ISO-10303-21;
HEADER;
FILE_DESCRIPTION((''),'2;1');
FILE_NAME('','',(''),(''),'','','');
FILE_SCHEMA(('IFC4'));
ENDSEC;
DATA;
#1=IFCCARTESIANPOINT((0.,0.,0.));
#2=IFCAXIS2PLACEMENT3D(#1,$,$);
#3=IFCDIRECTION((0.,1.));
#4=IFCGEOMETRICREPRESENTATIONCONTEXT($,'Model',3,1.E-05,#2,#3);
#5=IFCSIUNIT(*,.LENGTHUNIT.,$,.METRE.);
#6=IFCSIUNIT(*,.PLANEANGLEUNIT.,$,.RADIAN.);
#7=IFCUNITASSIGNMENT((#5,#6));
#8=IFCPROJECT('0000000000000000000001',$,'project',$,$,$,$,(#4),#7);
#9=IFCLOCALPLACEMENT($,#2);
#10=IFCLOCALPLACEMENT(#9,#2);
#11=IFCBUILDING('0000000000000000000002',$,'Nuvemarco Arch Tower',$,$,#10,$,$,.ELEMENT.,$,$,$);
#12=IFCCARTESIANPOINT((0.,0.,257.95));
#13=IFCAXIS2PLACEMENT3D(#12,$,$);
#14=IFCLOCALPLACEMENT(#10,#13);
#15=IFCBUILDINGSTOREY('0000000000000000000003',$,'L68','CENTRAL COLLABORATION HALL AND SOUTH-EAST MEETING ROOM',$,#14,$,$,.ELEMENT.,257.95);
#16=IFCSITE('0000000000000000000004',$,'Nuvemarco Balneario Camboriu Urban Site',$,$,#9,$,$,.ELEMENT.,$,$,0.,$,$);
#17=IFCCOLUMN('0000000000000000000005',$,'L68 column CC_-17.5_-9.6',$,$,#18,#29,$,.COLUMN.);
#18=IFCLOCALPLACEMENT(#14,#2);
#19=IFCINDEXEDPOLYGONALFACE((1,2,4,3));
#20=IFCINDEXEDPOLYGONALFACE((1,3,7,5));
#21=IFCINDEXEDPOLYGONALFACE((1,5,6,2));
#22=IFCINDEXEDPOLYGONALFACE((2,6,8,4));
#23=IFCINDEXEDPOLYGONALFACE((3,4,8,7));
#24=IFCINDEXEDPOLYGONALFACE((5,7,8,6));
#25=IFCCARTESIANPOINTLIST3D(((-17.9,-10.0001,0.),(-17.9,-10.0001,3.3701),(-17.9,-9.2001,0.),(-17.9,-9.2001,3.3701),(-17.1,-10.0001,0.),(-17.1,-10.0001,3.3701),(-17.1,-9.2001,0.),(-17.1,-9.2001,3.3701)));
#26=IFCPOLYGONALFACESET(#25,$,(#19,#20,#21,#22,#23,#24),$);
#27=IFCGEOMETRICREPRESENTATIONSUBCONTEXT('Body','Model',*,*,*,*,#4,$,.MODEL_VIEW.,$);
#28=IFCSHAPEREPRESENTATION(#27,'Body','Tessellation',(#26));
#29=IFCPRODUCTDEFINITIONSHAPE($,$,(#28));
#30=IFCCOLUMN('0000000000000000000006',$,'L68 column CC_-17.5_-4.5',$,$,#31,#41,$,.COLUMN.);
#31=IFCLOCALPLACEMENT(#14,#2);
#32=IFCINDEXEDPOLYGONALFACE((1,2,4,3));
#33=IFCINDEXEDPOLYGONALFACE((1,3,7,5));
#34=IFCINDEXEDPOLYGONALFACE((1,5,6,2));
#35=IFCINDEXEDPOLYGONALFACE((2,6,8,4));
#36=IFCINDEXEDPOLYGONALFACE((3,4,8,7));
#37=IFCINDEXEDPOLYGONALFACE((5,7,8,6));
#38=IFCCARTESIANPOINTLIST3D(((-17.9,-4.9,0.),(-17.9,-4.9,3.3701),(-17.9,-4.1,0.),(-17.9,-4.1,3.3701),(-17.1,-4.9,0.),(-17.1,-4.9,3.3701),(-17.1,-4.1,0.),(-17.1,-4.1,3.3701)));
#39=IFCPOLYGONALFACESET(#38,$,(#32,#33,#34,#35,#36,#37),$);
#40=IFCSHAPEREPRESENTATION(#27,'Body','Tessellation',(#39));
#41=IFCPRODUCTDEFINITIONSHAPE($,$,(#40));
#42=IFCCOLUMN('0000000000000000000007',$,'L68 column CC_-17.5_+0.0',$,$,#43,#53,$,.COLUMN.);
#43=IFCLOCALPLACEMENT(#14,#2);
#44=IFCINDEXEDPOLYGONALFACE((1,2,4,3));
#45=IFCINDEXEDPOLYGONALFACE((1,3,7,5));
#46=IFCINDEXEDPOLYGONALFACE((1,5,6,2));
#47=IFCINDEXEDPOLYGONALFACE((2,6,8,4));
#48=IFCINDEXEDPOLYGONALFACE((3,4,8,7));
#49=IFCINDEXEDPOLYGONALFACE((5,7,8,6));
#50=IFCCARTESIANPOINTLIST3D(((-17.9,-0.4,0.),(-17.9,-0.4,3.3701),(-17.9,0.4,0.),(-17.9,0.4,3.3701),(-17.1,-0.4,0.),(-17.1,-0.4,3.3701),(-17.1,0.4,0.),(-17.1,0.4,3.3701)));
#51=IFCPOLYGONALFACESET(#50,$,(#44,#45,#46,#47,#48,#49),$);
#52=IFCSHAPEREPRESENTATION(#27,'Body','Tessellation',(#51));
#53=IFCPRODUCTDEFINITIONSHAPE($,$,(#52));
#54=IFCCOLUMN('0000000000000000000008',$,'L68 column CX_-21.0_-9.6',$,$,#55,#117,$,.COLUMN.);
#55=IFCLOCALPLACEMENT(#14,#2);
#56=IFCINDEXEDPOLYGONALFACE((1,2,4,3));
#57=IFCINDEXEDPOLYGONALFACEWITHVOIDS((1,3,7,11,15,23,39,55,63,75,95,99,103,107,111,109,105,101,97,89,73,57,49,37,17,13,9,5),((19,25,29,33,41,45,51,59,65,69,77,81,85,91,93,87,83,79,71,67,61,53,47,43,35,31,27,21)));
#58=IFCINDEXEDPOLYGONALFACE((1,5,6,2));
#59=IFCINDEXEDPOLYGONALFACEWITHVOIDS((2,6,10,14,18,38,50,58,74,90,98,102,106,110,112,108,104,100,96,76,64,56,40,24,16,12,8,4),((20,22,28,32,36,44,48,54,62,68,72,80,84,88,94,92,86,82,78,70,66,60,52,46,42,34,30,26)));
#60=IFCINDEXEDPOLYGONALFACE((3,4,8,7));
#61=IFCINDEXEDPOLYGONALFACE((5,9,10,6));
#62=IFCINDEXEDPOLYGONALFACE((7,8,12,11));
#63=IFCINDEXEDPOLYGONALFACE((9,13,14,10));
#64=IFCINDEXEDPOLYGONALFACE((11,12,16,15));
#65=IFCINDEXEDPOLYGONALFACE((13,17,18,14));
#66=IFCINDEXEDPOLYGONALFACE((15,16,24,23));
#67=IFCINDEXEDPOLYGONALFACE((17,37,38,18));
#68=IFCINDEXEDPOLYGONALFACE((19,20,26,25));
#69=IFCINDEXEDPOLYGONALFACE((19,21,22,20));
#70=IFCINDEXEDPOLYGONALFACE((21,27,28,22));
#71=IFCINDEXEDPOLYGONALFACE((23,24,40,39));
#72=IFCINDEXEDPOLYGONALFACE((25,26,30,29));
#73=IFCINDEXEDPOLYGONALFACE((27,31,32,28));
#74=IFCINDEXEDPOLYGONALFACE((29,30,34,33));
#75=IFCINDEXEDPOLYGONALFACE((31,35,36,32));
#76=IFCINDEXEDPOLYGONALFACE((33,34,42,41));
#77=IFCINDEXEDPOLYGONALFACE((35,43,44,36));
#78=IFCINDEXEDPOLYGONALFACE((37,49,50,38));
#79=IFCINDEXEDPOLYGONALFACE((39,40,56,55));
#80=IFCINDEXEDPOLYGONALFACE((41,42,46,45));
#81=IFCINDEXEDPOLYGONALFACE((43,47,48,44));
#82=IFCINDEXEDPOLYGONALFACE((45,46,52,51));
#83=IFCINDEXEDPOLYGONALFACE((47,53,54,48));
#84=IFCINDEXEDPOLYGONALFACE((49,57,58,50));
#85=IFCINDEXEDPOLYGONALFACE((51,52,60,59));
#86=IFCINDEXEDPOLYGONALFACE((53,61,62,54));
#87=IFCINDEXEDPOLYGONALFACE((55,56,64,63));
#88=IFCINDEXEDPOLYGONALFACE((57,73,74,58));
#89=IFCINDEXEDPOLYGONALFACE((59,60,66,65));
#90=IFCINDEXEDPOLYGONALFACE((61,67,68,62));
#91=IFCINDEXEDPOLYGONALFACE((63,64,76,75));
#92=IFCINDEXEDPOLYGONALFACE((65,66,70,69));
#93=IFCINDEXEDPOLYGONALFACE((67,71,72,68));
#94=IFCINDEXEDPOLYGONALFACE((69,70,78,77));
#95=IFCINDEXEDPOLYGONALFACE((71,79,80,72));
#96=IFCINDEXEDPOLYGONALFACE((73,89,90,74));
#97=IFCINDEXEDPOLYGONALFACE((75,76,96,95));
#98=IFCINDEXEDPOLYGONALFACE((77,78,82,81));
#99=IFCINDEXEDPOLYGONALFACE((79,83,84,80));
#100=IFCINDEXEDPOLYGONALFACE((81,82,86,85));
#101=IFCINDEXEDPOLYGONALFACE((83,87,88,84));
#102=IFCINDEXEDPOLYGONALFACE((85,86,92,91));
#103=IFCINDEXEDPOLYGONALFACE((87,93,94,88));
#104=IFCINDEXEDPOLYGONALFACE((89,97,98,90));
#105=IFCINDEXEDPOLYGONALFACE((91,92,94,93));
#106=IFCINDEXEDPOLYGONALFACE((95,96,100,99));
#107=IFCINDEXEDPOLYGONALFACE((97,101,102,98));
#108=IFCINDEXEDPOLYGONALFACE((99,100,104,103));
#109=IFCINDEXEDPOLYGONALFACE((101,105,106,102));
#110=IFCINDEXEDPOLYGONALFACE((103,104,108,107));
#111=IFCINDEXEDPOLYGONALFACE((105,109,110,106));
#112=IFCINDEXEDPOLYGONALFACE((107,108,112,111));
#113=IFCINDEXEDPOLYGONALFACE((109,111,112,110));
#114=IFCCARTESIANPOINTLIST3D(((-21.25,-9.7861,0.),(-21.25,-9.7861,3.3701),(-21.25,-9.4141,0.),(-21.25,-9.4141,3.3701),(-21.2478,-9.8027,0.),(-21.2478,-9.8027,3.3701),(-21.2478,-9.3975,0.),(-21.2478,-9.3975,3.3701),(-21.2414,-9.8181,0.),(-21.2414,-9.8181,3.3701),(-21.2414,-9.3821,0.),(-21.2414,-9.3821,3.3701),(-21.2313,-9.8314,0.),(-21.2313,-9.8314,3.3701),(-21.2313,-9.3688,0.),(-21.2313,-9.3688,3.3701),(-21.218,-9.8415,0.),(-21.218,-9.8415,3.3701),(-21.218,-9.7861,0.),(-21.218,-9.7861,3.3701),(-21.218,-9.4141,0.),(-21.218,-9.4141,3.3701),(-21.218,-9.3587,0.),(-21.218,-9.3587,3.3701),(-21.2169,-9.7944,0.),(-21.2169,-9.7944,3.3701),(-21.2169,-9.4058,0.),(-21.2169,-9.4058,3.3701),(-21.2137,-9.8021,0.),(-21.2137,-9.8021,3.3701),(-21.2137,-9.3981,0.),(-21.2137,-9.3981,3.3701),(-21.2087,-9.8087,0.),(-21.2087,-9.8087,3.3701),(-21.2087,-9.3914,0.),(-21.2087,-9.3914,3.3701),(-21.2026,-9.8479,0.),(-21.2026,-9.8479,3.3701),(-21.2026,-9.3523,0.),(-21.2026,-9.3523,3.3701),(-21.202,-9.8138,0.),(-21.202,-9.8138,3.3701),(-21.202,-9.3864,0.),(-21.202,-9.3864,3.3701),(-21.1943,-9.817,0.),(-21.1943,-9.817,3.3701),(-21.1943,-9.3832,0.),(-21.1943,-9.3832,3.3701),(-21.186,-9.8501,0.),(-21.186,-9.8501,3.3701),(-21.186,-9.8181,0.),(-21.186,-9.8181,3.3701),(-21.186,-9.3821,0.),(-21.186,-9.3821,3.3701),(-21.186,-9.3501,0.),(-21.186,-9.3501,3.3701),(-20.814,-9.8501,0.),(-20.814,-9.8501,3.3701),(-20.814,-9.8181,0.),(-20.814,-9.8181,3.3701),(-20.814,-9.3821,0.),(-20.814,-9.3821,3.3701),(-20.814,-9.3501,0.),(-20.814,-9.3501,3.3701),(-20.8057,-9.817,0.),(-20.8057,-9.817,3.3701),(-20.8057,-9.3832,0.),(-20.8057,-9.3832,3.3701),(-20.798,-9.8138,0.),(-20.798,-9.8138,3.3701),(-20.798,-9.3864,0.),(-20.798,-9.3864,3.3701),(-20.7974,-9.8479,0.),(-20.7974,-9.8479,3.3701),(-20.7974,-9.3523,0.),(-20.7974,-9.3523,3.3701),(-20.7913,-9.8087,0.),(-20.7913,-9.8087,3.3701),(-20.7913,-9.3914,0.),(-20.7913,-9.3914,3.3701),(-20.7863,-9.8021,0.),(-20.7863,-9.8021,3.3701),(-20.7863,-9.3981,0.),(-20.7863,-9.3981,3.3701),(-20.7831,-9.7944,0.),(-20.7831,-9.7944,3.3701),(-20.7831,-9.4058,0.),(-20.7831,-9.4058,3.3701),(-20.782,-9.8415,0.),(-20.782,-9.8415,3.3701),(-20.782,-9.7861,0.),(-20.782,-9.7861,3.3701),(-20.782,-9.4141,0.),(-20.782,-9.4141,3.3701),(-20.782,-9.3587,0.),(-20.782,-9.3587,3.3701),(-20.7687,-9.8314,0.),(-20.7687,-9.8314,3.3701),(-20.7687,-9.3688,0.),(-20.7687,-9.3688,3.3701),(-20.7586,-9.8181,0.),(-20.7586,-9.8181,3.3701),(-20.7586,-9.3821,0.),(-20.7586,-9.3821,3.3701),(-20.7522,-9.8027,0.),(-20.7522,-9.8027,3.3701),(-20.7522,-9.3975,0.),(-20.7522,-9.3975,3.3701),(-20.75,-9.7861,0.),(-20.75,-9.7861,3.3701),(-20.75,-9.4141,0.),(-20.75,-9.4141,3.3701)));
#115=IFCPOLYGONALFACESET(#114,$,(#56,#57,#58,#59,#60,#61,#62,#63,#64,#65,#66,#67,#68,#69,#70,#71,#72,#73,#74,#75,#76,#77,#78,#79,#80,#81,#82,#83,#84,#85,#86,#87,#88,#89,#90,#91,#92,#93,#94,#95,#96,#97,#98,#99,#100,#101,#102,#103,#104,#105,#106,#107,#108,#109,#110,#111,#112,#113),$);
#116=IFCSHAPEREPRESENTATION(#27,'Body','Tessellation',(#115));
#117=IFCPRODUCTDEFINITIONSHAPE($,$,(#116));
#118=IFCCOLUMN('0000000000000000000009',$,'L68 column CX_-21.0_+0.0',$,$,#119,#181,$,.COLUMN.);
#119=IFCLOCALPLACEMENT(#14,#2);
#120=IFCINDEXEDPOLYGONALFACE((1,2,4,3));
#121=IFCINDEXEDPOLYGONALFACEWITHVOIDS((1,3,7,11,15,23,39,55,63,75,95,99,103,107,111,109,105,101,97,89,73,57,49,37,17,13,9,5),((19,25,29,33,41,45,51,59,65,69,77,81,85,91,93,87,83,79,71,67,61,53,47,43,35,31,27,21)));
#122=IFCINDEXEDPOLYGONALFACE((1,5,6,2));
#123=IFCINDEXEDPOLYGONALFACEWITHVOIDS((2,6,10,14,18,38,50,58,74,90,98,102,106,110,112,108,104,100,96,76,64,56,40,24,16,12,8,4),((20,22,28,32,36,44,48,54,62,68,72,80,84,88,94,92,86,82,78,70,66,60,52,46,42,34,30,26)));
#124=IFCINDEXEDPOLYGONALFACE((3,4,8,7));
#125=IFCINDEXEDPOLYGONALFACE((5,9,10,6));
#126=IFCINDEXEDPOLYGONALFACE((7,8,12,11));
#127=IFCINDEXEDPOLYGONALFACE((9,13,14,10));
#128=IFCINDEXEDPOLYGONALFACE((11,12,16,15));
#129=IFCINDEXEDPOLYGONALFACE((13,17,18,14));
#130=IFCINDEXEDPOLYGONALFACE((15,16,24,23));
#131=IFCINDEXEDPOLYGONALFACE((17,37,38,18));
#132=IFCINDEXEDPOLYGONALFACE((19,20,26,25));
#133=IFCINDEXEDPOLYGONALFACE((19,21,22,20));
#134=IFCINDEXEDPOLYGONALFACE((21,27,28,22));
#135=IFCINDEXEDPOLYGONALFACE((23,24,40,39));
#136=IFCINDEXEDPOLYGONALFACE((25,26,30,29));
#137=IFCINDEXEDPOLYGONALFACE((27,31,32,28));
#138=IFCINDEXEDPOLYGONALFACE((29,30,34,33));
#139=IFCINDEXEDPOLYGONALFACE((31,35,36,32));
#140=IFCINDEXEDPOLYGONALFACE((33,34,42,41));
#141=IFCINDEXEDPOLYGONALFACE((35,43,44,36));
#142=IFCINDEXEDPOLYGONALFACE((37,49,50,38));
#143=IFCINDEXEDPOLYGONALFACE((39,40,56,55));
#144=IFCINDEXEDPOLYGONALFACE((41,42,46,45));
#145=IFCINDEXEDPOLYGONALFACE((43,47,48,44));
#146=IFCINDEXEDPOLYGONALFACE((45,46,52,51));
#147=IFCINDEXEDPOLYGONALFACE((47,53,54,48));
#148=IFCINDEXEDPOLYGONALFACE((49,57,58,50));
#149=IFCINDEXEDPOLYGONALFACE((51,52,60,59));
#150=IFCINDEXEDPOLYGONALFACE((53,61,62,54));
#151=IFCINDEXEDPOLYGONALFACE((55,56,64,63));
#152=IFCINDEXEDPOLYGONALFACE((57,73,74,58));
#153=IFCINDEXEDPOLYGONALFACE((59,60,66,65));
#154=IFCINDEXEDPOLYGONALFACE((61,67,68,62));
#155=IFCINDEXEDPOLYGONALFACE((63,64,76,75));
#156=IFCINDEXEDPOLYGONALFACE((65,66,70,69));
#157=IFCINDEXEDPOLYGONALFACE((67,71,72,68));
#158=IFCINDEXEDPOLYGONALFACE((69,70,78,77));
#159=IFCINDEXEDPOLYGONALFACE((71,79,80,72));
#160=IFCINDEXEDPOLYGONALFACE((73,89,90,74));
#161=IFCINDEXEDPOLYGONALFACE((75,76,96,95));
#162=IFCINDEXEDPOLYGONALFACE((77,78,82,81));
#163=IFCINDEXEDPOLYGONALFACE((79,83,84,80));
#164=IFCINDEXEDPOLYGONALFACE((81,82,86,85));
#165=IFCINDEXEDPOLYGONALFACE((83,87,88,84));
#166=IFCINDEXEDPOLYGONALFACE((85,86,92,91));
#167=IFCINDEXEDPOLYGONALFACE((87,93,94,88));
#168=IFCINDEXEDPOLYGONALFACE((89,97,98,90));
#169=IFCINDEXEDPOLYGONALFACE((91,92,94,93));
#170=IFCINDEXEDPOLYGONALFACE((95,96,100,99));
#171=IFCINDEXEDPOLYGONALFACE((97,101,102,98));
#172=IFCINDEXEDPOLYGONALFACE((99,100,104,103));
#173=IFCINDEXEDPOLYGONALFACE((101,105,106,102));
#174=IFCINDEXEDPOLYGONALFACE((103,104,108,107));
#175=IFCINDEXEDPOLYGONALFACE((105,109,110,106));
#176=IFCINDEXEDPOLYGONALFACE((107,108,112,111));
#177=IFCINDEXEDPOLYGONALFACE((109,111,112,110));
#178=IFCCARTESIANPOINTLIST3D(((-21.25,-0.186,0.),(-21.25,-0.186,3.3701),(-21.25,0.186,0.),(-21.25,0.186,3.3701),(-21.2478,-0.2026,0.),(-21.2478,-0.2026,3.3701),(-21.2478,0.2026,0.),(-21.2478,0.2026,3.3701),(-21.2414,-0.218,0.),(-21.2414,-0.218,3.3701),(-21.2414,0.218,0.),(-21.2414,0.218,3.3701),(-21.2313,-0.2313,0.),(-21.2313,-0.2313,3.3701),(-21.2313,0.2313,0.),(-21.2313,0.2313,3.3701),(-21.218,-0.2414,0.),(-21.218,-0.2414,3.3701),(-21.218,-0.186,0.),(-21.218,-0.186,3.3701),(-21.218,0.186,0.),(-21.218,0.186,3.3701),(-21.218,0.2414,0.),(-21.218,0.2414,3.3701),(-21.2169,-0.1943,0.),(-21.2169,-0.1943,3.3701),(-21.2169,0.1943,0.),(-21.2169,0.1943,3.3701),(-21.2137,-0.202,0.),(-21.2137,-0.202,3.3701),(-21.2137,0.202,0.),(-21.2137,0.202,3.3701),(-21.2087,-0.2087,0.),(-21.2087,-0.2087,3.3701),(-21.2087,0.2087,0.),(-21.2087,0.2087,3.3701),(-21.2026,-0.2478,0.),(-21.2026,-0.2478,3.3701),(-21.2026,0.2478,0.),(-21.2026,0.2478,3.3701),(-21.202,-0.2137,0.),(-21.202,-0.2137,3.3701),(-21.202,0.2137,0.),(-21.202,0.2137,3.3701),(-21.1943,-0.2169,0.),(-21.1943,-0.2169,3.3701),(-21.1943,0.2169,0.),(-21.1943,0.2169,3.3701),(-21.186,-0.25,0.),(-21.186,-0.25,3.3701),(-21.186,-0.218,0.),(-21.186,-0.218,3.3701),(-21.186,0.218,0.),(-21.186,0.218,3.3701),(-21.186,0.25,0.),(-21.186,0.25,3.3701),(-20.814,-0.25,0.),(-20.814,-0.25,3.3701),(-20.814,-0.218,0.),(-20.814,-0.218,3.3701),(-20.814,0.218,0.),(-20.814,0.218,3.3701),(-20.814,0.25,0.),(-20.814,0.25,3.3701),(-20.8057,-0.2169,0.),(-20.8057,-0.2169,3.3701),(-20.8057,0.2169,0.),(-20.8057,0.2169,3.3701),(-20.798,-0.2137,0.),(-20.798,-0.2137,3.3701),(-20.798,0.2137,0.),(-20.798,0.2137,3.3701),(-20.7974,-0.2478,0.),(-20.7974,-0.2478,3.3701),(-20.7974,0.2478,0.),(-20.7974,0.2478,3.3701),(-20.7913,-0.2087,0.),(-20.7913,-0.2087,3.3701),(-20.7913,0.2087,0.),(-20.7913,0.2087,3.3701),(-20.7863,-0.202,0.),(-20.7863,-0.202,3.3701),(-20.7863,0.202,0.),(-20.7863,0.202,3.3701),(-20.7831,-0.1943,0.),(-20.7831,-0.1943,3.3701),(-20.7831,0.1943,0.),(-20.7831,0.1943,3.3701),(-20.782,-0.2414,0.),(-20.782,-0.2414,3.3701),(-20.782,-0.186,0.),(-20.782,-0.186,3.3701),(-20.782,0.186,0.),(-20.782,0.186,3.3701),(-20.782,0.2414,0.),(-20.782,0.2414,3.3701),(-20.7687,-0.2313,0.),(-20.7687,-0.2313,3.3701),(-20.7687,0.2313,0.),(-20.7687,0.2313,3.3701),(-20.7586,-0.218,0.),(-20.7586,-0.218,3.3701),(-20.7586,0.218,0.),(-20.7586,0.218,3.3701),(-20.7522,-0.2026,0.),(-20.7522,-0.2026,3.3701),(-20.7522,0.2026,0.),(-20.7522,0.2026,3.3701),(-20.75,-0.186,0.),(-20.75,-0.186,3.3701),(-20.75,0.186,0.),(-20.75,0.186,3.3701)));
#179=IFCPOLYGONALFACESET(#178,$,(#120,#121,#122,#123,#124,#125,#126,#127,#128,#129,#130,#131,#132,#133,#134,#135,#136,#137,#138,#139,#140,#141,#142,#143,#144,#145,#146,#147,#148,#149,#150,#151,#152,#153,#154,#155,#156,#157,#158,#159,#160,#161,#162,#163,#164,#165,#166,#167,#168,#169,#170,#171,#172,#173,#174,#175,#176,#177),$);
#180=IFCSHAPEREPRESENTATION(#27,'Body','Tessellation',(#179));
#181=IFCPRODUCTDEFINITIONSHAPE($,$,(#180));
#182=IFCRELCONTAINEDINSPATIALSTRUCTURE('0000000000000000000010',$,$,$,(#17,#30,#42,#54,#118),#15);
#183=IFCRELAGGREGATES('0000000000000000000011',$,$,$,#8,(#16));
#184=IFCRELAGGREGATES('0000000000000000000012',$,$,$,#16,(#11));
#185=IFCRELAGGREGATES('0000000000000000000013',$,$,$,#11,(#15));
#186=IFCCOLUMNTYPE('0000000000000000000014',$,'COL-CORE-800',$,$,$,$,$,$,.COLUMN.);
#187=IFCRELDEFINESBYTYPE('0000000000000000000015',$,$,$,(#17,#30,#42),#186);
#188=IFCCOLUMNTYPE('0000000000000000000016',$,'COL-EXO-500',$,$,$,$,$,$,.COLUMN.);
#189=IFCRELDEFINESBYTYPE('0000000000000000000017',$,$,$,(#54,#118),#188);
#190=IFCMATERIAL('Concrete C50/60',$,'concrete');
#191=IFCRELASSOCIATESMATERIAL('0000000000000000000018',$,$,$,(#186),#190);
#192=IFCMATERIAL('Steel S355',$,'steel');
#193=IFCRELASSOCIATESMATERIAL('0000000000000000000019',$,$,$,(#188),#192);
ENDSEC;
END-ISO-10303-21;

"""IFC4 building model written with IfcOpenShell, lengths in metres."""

from ifc_helpers import new_model, si_unit, direction, frame, origin, origin_2d, place, context, subcontext, project, spatial, rectangle, hollow_rectangle, extrude, material, material_profile, profile_set, type_object, element, save


model = new_model("IFC4")

# Units and contexts
model_context = context("Model", 3, precision=1e-05, world=origin(), true_north=direction((0.0, 1.0)))
body_context = subcontext(model_context, "Body", "Model", "MODEL_VIEW")
ifc_project = project(units=[si_unit("LENGTHUNIT", "METRE"), si_unit("PLANEANGLEUNIT", "RADIAN")], contexts=[model_context])

# Site, building, storey
site_placement = place(None, origin())
site = spatial("IfcSite", under=ifc_project, at=site_placement, Name="Nuvemarco Balneario Camboriu Urban Site", CompositionType="ELEMENT", RefElevation=0.0)
building_placement = place(site_placement, origin())
building = spatial("IfcBuilding", under=site, at=building_placement, Name="Nuvemarco Arch Tower", CompositionType="ELEMENT")
storey_placement = place(building_placement, frame((0.0, 0.0, 257.95)))
storey = spatial("IfcBuildingStorey", under=building, at=storey_placement, Name="L68", Description="CENTRAL COLLABORATION HALL AND SOUTH-EAST MEETING ROOM", CompositionType="ELEMENT", Elevation=257.95)

# Columns
ifc_material_1 = material(Name="Concrete C50/60", Category="concrete")
ifc_material_profile_1 = material_profile(ifc_material_1, rectangle(XDim=0.8, YDim=0.8, at=origin_2d()), Name="RC-COL-800x800")
ifc_profile_set_1 = profile_set([ifc_material_profile_1], Name="Concrete C50/60")
column_type_1 = type_object("IfcColumnType", Name="COL-CORE-800", PredefinedType="COLUMN", material=ifc_profile_set_1)
for number, where, z_axis, x_axis, name in (
    (1, (-17.5, -9.6001, 0.0), (0.0, 0.0, 1.0), (1.0, 0.0, 0.0), "L68 column CC_-17.5_-9.6"),
    (2, (-17.5, -4.5, 0.0), (0.0, 0.0, 1.0), (1.0, 0.0, 0.0), "L68 column CC_-17.5_-4.5"),
    (3, (-17.5, 0.0, 0.0), (0.0, 0.0, 1.0), (1.0, 0.0, 0.0), "L68 column CC_-17.5_+0.0"),
):
    element("IfcColumn", number, at=place(storey_placement, frame(where, z_axis=z_axis, x_axis=x_axis)), inside=storey, type_object=column_type_1, Name=name, PredefinedType="COLUMN", context=body_context, shape_type="SweptSolid", body=[
        extrude(rectangle(XDim=0.8, YDim=0.8, at=origin_2d()), origin(), (0.0, 0.0, 1.0), 3.3701),
    ])
ifc_material_2 = material(Name="Steel S355", Category="steel")
ifc_material_profile_2 = material_profile(ifc_material_2, hollow_rectangle(XDim=0.5, YDim=0.5, WallThickness=0.032, InnerFilletRadius=0.032, OuterFilletRadius=0.064, at=origin_2d()), Name="SHS500x500x32")
ifc_profile_set_2 = profile_set([ifc_material_profile_2], Name="Steel S355")
column_type_2 = type_object("IfcColumnType", Name="COL-EXO-500", PredefinedType="COLUMN", material=ifc_profile_set_2)
for number, where, z_axis, x_axis, name in (
    (4, (-21.0, -9.6001, 0.0), (0.0, 0.0, 1.0), (1.0, 0.0, 0.0), "L68 column CX_-21.0_-9.6"),
    (5, (-21.0, 0.0, 0.0), (0.0, 0.0, 1.0), (1.0, 0.0, 0.0), "L68 column CX_-21.0_+0.0"),
):
    element("IfcColumn", number, at=place(storey_placement, frame(where, z_axis=z_axis, x_axis=x_axis)), inside=storey, type_object=column_type_2, Name=name, PredefinedType="COLUMN", context=body_context, shape_type="SweptSolid", body=[
        extrude(hollow_rectangle(XDim=0.5, YDim=0.5, WallThickness=0.032, InnerFilletRadius=0.032, OuterFilletRadius=0.064, at=origin_2d()), origin(), (0.0, 0.0, 1.0), 3.3701),
    ])

save(model, "model.ifc")
